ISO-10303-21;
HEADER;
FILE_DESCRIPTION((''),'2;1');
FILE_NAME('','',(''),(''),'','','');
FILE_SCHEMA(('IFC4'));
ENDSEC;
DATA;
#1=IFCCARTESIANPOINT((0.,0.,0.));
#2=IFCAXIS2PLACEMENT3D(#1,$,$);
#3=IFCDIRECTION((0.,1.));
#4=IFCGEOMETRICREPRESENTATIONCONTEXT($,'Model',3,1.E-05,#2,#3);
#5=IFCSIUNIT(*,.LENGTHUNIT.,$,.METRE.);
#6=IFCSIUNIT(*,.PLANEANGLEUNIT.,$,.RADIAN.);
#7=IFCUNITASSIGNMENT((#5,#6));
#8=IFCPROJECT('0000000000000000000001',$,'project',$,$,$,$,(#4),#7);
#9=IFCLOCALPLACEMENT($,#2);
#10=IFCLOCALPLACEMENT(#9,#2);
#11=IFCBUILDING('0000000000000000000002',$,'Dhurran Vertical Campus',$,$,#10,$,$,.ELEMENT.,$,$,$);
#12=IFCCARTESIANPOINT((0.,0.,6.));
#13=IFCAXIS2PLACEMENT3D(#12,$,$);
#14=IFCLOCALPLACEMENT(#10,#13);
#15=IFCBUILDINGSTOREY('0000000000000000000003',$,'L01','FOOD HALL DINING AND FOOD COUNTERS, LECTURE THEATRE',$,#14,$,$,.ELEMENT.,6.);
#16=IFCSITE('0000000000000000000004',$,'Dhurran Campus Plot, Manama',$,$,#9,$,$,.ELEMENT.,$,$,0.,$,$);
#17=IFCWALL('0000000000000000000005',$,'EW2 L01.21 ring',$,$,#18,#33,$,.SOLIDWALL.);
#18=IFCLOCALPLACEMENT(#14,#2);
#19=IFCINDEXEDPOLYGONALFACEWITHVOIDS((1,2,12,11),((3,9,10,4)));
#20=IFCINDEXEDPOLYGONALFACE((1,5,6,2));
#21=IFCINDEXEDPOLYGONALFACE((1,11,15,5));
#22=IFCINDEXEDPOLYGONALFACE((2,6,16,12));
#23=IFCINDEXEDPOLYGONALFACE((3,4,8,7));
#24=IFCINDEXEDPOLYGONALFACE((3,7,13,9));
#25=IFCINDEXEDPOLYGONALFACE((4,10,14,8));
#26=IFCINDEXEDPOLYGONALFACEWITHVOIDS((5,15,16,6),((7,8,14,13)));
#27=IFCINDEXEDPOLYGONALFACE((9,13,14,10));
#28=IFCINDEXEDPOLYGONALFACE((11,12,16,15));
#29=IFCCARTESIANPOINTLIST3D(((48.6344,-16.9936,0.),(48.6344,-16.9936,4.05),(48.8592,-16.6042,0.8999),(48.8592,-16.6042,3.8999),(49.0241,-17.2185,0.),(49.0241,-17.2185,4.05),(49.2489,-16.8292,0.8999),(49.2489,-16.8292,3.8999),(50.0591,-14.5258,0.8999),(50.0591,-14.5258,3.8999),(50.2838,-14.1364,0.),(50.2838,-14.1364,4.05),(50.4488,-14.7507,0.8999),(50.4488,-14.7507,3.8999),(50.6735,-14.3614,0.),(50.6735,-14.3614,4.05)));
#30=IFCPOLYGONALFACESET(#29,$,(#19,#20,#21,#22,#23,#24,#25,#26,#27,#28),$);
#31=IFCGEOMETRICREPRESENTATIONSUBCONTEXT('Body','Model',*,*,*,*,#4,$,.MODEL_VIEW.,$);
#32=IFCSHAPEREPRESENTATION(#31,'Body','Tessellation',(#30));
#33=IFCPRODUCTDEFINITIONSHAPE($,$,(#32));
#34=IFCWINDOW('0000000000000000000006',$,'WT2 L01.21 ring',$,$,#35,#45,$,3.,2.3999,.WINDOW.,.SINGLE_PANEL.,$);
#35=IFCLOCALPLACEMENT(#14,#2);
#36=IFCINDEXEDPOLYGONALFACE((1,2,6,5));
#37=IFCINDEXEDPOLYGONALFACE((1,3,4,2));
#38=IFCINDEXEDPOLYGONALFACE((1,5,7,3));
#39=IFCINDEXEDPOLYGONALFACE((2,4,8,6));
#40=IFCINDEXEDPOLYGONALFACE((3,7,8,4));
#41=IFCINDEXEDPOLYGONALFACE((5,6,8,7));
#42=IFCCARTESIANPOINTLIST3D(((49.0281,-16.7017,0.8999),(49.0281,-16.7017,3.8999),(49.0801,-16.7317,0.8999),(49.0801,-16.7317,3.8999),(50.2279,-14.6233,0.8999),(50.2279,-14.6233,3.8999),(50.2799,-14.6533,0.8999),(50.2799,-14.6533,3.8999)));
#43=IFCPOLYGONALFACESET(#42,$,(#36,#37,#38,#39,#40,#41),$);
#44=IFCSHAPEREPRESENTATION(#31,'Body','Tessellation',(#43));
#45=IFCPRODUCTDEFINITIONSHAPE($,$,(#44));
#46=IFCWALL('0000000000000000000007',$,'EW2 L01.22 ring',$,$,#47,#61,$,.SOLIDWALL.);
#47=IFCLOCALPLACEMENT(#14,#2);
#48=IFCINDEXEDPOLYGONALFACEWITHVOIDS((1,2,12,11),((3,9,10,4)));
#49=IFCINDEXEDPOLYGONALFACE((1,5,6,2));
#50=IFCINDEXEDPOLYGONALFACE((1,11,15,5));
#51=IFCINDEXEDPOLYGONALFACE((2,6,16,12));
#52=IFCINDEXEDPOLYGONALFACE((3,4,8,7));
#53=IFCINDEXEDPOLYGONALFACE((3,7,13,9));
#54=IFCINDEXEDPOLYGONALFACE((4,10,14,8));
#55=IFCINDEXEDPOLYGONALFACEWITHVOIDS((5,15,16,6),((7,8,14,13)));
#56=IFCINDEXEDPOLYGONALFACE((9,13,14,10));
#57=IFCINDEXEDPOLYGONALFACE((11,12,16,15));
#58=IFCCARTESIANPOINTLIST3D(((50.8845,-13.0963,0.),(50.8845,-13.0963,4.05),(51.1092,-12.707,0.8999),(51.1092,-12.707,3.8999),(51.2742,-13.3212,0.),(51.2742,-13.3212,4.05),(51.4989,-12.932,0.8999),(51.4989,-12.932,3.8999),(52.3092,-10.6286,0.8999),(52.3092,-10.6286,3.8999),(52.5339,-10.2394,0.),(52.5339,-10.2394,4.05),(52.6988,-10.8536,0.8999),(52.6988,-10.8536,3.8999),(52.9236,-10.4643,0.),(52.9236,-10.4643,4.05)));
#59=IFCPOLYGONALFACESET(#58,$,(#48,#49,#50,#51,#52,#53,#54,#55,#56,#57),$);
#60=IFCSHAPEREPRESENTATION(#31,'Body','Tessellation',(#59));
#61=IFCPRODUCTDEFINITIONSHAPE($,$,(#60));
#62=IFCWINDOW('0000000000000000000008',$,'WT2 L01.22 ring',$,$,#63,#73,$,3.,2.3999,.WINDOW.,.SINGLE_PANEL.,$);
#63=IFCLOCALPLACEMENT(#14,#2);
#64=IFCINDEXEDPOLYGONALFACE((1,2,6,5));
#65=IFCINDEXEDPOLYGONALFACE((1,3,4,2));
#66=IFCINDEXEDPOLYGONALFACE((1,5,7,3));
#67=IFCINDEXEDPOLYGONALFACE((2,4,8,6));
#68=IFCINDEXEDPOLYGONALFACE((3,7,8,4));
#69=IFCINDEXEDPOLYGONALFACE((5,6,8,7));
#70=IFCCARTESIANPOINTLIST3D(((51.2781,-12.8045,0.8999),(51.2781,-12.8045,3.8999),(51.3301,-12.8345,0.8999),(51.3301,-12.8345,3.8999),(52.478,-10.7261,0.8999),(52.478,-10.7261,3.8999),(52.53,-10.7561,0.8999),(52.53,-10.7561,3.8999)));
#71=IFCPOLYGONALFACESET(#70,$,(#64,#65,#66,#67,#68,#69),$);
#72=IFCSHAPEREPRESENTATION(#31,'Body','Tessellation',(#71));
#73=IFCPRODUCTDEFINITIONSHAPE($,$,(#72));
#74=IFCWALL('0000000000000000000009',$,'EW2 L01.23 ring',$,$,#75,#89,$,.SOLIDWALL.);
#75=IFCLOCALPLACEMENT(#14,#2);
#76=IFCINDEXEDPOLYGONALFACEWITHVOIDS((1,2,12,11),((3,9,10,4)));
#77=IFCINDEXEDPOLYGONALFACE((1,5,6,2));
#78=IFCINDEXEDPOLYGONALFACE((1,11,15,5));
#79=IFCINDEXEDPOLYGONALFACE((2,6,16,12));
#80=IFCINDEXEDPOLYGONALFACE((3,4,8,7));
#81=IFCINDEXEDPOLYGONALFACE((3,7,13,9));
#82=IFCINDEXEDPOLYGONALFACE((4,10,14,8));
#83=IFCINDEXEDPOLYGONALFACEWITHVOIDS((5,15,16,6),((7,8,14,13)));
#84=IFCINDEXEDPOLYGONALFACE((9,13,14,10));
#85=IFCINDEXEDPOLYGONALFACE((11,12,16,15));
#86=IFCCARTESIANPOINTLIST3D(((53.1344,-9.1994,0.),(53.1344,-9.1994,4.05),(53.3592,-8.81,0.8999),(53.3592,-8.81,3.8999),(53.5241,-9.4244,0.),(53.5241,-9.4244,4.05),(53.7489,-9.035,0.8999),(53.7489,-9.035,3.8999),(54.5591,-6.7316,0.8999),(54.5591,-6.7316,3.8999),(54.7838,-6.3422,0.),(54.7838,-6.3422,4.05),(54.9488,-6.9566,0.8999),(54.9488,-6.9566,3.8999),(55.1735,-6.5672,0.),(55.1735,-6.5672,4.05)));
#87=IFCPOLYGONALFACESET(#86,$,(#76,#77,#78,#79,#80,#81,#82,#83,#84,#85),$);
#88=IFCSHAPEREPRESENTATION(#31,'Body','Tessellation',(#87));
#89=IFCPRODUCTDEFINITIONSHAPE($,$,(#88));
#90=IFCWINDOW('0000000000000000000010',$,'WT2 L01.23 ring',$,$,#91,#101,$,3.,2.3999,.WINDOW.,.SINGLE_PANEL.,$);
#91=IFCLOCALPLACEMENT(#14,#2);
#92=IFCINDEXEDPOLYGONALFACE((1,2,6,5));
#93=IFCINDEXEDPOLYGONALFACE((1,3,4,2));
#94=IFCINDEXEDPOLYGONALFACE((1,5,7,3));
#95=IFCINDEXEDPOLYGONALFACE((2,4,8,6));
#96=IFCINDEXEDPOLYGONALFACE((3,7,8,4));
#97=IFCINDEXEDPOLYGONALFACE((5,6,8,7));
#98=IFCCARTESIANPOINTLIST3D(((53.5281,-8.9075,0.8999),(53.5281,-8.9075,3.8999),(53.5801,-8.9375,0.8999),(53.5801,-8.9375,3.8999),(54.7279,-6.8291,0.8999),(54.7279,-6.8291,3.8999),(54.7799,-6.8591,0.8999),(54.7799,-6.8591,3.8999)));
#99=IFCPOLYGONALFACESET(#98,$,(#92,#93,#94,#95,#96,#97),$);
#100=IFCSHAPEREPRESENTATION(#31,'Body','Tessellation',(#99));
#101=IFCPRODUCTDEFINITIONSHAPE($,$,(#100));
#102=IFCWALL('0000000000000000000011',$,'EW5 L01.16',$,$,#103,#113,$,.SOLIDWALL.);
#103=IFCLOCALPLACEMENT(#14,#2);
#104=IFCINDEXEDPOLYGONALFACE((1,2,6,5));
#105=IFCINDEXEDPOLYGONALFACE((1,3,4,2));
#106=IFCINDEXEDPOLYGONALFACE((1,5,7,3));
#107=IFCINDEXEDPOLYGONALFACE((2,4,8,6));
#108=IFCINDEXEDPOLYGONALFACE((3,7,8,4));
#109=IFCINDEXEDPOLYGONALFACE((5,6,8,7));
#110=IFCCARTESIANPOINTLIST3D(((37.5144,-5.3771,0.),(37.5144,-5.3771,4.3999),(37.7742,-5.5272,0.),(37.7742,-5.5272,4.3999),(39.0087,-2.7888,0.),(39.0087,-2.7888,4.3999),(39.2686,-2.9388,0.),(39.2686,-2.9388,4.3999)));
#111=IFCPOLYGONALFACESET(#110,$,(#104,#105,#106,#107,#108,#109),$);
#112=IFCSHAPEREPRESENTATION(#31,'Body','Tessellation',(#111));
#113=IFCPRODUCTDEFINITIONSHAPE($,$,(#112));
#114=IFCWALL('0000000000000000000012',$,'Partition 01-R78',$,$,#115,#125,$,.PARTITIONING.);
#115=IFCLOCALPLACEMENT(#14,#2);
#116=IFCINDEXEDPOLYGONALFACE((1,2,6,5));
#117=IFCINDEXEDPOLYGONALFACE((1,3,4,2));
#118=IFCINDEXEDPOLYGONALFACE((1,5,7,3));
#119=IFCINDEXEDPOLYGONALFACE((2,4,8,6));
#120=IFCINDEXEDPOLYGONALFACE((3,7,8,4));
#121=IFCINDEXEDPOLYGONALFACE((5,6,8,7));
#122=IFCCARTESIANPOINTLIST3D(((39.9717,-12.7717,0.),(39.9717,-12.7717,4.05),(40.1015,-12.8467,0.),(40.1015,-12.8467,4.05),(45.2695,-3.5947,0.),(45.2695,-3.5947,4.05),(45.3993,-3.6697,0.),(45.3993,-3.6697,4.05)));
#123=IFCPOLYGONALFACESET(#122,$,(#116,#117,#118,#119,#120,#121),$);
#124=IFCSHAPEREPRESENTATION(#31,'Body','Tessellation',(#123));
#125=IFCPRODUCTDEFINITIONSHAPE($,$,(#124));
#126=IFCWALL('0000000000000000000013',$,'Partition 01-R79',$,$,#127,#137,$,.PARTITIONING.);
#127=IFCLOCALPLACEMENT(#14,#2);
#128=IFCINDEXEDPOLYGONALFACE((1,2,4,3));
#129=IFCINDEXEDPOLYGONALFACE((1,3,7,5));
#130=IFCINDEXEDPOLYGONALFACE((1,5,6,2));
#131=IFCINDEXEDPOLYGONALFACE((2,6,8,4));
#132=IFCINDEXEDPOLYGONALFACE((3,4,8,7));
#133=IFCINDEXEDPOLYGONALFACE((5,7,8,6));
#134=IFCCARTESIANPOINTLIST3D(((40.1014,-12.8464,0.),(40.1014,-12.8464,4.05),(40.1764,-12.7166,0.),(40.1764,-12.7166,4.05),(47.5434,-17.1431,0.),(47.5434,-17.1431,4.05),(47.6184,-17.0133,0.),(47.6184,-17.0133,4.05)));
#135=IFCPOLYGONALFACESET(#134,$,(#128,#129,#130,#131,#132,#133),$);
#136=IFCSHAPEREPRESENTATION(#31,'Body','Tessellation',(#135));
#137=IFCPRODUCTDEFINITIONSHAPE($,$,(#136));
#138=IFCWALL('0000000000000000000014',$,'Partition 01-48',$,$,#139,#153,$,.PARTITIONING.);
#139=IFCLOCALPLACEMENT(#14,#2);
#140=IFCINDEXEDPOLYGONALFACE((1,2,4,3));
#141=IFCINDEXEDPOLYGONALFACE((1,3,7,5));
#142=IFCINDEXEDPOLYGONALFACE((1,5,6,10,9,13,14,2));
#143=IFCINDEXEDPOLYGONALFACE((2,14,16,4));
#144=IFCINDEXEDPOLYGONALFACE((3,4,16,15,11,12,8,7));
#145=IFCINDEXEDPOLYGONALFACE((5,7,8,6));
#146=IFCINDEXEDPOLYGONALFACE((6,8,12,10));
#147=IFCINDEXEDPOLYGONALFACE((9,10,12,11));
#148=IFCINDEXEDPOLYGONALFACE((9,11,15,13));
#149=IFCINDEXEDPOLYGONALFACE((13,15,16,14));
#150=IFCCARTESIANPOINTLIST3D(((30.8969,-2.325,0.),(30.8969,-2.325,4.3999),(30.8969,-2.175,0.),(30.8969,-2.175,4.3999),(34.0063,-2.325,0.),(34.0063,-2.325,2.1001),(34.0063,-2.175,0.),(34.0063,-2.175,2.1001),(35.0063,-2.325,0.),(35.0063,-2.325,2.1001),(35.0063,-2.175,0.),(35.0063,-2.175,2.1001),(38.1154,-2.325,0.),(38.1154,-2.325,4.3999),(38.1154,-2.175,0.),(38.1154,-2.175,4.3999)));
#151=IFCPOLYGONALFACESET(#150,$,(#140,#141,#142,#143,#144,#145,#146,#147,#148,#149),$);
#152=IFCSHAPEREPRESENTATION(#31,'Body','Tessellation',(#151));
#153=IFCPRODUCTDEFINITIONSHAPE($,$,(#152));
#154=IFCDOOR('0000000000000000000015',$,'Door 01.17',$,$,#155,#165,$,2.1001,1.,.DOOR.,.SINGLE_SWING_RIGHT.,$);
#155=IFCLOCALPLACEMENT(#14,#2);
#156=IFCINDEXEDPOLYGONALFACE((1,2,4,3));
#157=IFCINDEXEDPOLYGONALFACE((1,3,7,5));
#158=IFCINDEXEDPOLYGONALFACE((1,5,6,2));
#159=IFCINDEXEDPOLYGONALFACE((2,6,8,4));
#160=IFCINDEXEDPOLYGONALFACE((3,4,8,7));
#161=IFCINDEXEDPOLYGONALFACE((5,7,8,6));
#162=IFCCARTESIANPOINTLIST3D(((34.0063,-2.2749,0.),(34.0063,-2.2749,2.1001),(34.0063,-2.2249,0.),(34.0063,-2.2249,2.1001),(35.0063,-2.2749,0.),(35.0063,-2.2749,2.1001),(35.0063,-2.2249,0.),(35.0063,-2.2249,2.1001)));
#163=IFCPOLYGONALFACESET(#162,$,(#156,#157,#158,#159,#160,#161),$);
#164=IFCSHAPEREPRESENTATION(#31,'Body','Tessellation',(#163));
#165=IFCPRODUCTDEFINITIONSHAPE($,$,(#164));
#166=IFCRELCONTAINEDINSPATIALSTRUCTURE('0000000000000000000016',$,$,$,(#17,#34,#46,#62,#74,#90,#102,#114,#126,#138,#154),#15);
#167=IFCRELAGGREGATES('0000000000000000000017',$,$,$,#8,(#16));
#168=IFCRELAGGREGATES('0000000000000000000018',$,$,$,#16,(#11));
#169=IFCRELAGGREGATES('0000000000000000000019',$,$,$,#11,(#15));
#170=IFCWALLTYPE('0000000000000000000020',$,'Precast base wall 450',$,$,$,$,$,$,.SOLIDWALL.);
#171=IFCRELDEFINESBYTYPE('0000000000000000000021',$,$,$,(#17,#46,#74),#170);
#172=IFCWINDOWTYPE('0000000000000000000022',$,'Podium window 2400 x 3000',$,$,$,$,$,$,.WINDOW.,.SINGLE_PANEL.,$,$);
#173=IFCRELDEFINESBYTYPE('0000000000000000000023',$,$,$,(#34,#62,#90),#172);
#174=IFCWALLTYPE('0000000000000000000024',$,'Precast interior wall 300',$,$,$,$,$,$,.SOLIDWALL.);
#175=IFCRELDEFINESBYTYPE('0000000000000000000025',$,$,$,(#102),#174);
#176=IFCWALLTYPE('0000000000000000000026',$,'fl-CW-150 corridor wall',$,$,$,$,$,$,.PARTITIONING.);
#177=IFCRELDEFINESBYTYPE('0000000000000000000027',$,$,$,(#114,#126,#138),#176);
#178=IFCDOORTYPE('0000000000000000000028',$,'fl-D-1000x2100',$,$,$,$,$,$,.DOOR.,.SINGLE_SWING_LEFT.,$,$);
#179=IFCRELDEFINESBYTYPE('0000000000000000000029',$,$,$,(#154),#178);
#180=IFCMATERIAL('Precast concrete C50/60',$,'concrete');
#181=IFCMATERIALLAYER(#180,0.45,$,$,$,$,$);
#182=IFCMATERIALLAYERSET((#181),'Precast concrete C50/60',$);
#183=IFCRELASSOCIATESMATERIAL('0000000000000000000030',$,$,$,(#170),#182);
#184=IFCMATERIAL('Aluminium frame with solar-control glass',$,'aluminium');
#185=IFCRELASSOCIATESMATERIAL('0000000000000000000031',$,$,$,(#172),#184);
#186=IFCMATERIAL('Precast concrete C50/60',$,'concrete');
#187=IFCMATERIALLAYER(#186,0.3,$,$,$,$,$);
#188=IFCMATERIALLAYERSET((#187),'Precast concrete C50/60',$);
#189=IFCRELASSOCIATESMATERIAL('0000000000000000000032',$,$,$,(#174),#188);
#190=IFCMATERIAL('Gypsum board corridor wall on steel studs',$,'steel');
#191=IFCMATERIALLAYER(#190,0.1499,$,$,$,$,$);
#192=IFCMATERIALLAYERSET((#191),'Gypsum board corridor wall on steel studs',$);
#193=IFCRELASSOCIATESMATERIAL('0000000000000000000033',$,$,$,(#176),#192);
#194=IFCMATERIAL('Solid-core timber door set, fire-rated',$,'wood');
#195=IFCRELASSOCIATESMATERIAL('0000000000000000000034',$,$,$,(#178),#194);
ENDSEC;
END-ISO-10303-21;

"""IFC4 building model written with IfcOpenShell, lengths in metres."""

from ifc_helpers import new_model, si_unit, direction, frame, frame_2d, origin, place, context, subcontext, project, spatial, rectangle, extrude, material, layer, layer_set, type_object, element, fill, save


model = new_model("IFC4")

# Units and contexts
model_context = context("Model", 3, precision=1e-05, world=origin(), true_north=direction((0.0, 1.0)))
body_context = subcontext(model_context, "Body", "Model", "MODEL_VIEW")
ifc_project = project(units=[si_unit("LENGTHUNIT", "METRE"), si_unit("PLANEANGLEUNIT", "RADIAN")], contexts=[model_context])

# Site, building, storey
site_placement = place(None, origin())
site = spatial("IfcSite", under=ifc_project, at=site_placement, Name="Dhurran Campus Plot, Manama", CompositionType="ELEMENT", RefElevation=0.0)
building_placement = place(site_placement, origin())
building = spatial("IfcBuilding", under=site, at=building_placement, Name="Dhurran Vertical Campus", CompositionType="ELEMENT")
storey_placement = place(building_placement, frame((0.0, 0.0, 6.0)))
storey = spatial("IfcBuildingStorey", under=building, at=storey_placement, Name="L01", Description="FOOD HALL DINING AND FOOD COUNTERS, LECTURE THEATRE", CompositionType="ELEMENT", Elevation=6.0)

# Walls, openings, windows
ifc_material_1 = material(Name="Precast concrete C50/60", Category="concrete")
ifc_layer_1 = layer(ifc_material_1, 0.45)
ifc_layer_set_1 = layer_set([ifc_layer_1], Name="Precast concrete C50/60")
wall_type_1 = type_object("IfcWallType", Name="Precast base wall 450", PredefinedType="SOLIDWALL", material=ifc_layer_set_1)
ifc_material_2 = material(Name="Aluminium frame with solar-control glass", Category="aluminium")
window_type = type_object("IfcWindowType", Name="Podium window 2400 x 3000", PartitioningType="SINGLE_PANEL", PredefinedType="WINDOW", material=ifc_material_2)
wall_1_placement = place(storey_placement, frame((48.8293, -17.106, 0.0), z_axis=(0.0, 0.0, 1.0), x_axis=(0.499959, 0.866049, 0.0)))
wall_1 = element("IfcWall", 1, at=wall_1_placement, inside=storey, type_object=wall_type_1, Name="EW2 L01.21 ring", PredefinedType="SOLIDWALL", context=body_context, shape_type="SweptSolid", body=[
    extrude(rectangle(XDim=3.2991, YDim=0.45, at=frame_2d((1.6494, 0.0))), origin(), (0.0, 0.0, 1.0), 4.05),
])
opening_1_placement = place(wall_1_placement, frame((0.4495, 0.0, 0.8999)))
opening_1 = element("IfcOpeningElement", 2, at=opening_1_placement, cuts=wall_1, PredefinedType="OPENING", context=body_context, shape_type="SweptSolid", body=[
    extrude(rectangle(XDim=2.3999, YDim=3.0, at=frame_2d((1.2, 1.5))), frame((0.0, 0.2349, 0.0), z_axis=(0.0, -1.0, 0.0), x_axis=(1.0, 0.0, 0.0)), (0.0, 0.0, 1.0), 0.47),
])
window_1_placement = place(opening_1_placement, origin())
window_1 = element("IfcWindow", 3, at=window_1_placement, inside=storey, type_object=window_type, Name="WT2 L01.21 ring", OverallHeight=3.0, OverallWidth=2.3999, PartitioningType="SINGLE_PANEL", PredefinedType="WINDOW", context=body_context, shape_type="SweptSolid", body=[
    extrude(rectangle(XDim=2.3999, YDim=3.0, at=frame_2d((1.2, 1.5))), frame((0.0, 0.03, 0.0), z_axis=(0.0, -1.0, 0.0), x_axis=(1.0, 0.0, 0.0)), (0.0, 0.0, 1.0), 0.0601),
])
fill(opening_1, window_1)
wall_2_placement = place(storey_placement, frame((51.0793, -13.2087, 0.0), z_axis=(0.0, 0.0, 1.0), x_axis=(0.499992, 0.86603, 0.0)))
wall_2 = element("IfcWall", 4, at=wall_2_placement, inside=storey, type_object=wall_type_1, Name="EW2 L01.22 ring", PredefinedType="SOLIDWALL", context=body_context, shape_type="SweptSolid", body=[
    extrude(rectangle(XDim=3.2988, YDim=0.45, at=frame_2d((1.6494, 0.0))), origin(), (0.0, 0.0, 1.0), 4.05),
])
opening_2_placement = place(wall_2_placement, frame((0.4495, 0.0, 0.8999)))
opening_2 = element("IfcOpeningElement", 5, at=opening_2_placement, cuts=wall_2, PredefinedType="OPENING", context=body_context, shape_type="SweptSolid", body=[
    extrude(rectangle(XDim=2.3999, YDim=3.0, at=frame_2d((1.2, 1.5))), frame((0.0, 0.2349, 0.0), z_axis=(0.0, -1.0, 0.0), x_axis=(1.0, 0.0, 0.0)), (0.0, 0.0, 1.0), 0.47),
])
window_2_placement = place(opening_2_placement, origin())
window_2 = element("IfcWindow", 6, at=window_2_placement, inside=storey, type_object=window_type, Name="WT2 L01.22 ring", OverallHeight=3.0, OverallWidth=2.3999, PartitioningType="SINGLE_PANEL", PredefinedType="WINDOW", context=body_context, shape_type="SweptSolid", body=[
    extrude(rectangle(XDim=2.3999, YDim=3.0, at=frame_2d((1.2, 1.5))), frame((0.0, 0.03, 0.0), z_axis=(0.0, -1.0, 0.0), x_axis=(1.0, 0.0, 0.0)), (0.0, 0.0, 1.0), 0.0601),
])
fill(opening_2, window_2)
wall_3_placement = place(storey_placement, frame((53.3293, -9.3118, 0.0), z_axis=(0.0, 0.0, 1.0), x_axis=(0.499959, 0.866049, 0.0)))
wall_3 = element("IfcWall", 7, at=wall_3_placement, inside=storey, type_object=wall_type_1, Name="EW2 L01.23 ring", PredefinedType="SOLIDWALL", context=body_context, shape_type="SweptSolid", body=[
    extrude(rectangle(XDim=3.2991, YDim=0.45, at=frame_2d((1.6494, 0.0))), origin(), (0.0, 0.0, 1.0), 4.05),
])
opening_3_placement = place(wall_3_placement, frame((0.4495, 0.0, 0.8999)))
opening_3 = element("IfcOpeningElement", 8, at=opening_3_placement, cuts=wall_3, PredefinedType="OPENING", context=body_context, shape_type="SweptSolid", body=[
    extrude(rectangle(XDim=2.3999, YDim=3.0, at=frame_2d((1.2, 1.5))), frame((0.0, 0.2349, 0.0), z_axis=(0.0, -1.0, 0.0), x_axis=(1.0, 0.0, 0.0)), (0.0, 0.0, 1.0), 0.47),
])
window_3_placement = place(opening_3_placement, origin())
window_3 = element("IfcWindow", 9, at=window_3_placement, inside=storey, type_object=window_type, Name="WT2 L01.23 ring", OverallHeight=3.0, OverallWidth=2.3999, PartitioningType="SINGLE_PANEL", PredefinedType="WINDOW", context=body_context, shape_type="SweptSolid", body=[
    extrude(rectangle(XDim=2.3999, YDim=3.0, at=frame_2d((1.2, 1.5))), frame((0.0, 0.03, 0.0), z_axis=(0.0, -1.0, 0.0), x_axis=(1.0, 0.0, 0.0)), (0.0, 0.0, 1.0), 0.0601),
])
fill(opening_3, window_3)

# Walls
ifc_material_3 = material(Name="Precast concrete C50/60", Category="concrete")
ifc_layer_2 = layer(ifc_material_3, 0.3)
ifc_layer_set_2 = layer_set([ifc_layer_2], Name="Precast concrete C50/60")
wall_type_2 = type_object("IfcWallType", Name="Precast interior wall 300", PredefinedType="SOLIDWALL", material=ifc_layer_set_2)
wall_4_placement = place(storey_placement, frame((37.6443, -5.4521, 0.0), z_axis=(0.0, 0.0, 1.0), x_axis=(0.499996, 0.866028, 0.0)))
element("IfcWall", 10, at=wall_4_placement, inside=storey, type_object=wall_type_2, Name="EW5 L01.16", PredefinedType="SOLIDWALL", context=body_context, shape_type="SweptSolid", body=[
    extrude(rectangle(XDim=2.9888, YDim=0.3, at=frame_2d((1.4944, 0.0))), origin(), (0.0, 0.0, 1.0), 4.3999),
])
ifc_material_4 = material(Name="Gypsum board corridor wall on steel studs", Category="steel")
ifc_layer_3 = layer(ifc_material_4, 0.1499)
ifc_layer_set_3 = layer_set([ifc_layer_3], Name="Gypsum board corridor wall on steel studs")
wall_type_3 = type_object("IfcWallType", Name="fl-CW-150 corridor wall", PredefinedType="PARTITIONING", material=ifc_layer_set_3)
wall_5_placement = place(storey_placement, frame((45.3345, -3.6321, 0.0), z_axis=(0.0, 0.0, 1.0), x_axis=(-0.499965, -0.866046, 0.0)))
element("IfcWall", 11, at=wall_5_placement, inside=storey, type_object=wall_type_3, Name="Partition 01-R78", PredefinedType="PARTITIONING", context=body_context, shape_type="SweptSolid", body=[
    extrude(rectangle(XDim=10.5964, YDim=0.1499, at=frame_2d((5.2983, 0.0))), origin(), (0.0, 0.0, 1.0), 4.05),
])
wall_6_placement = place(storey_placement, frame((40.1389, -12.7815, 0.0), z_axis=(0.0, 0.0, 1.0), x_axis=(0.866023, -0.500004, 0.0)))
element("IfcWall", 12, at=wall_6_placement, inside=storey, type_object=wall_type_3, Name="Partition 01-R79", PredefinedType="PARTITIONING", context=body_context, shape_type="SweptSolid", body=[
    extrude(rectangle(XDim=8.5933, YDim=0.1499, at=frame_2d((4.2966, 0.0))), origin(), (0.0, 0.0, 1.0), 4.05),
])

# Wall, opening, door
wall_7_placement = place(storey_placement, frame((38.1155, -2.25, 0.0), z_axis=(0.0, 0.0, 1.0), x_axis=(-1.0, 0.0, 0.0)))
wall_7 = element("IfcWall", 13, at=wall_7_placement, inside=storey, type_object=wall_type_3, Name="Partition 01-48", PredefinedType="PARTITIONING", context=body_context, shape_type="SweptSolid", body=[
    extrude(rectangle(XDim=7.2185, YDim=0.1499, at=frame_2d((3.6094, 0.0))), origin(), (0.0, 0.0, 1.0), 4.3999),
])
opening_4_placement = place(wall_7_placement, frame((3.1091, 0.0, 0.0)))
opening_4 = element("IfcOpeningElement", 14, at=opening_4_placement, cuts=wall_7, PredefinedType="OPENING", context=body_context, shape_type="SweptSolid", body=[
    extrude(rectangle(XDim=1.0, YDim=2.1001, at=frame_2d((0.5, 1.05))), frame((0.0, 0.085, 0.0), z_axis=(0.0, -1.0, 0.0), x_axis=(1.0, 0.0, 0.0)), (0.0, 0.0, 1.0), 0.1699),
])
ifc_material_5 = material(Name="Solid-core timber door set, fire-rated", Category="wood")
door_type = type_object("IfcDoorType", Name="fl-D-1000x2100", OperationType="SINGLE_SWING_LEFT", PredefinedType="DOOR", material=ifc_material_5)
door_placement = place(opening_4_placement, origin())
door = element("IfcDoor", 15, at=door_placement, inside=storey, type_object=door_type, Name="Door 01.17", OperationType="SINGLE_SWING_RIGHT", OverallHeight=2.1001, OverallWidth=1.0, PredefinedType="DOOR", context=body_context, shape_type="SweptSolid", body=[
    extrude(rectangle(XDim=1.0, YDim=2.1001, at=frame_2d((0.5, 1.05))), frame((0.0, 0.0249, 0.0), z_axis=(0.0, -1.0, 0.0), x_axis=(1.0, 0.0, 0.0)), (0.0, 0.0, 1.0), 0.05),
])
fill(opening_4, door)

save(model, "model.ifc")
